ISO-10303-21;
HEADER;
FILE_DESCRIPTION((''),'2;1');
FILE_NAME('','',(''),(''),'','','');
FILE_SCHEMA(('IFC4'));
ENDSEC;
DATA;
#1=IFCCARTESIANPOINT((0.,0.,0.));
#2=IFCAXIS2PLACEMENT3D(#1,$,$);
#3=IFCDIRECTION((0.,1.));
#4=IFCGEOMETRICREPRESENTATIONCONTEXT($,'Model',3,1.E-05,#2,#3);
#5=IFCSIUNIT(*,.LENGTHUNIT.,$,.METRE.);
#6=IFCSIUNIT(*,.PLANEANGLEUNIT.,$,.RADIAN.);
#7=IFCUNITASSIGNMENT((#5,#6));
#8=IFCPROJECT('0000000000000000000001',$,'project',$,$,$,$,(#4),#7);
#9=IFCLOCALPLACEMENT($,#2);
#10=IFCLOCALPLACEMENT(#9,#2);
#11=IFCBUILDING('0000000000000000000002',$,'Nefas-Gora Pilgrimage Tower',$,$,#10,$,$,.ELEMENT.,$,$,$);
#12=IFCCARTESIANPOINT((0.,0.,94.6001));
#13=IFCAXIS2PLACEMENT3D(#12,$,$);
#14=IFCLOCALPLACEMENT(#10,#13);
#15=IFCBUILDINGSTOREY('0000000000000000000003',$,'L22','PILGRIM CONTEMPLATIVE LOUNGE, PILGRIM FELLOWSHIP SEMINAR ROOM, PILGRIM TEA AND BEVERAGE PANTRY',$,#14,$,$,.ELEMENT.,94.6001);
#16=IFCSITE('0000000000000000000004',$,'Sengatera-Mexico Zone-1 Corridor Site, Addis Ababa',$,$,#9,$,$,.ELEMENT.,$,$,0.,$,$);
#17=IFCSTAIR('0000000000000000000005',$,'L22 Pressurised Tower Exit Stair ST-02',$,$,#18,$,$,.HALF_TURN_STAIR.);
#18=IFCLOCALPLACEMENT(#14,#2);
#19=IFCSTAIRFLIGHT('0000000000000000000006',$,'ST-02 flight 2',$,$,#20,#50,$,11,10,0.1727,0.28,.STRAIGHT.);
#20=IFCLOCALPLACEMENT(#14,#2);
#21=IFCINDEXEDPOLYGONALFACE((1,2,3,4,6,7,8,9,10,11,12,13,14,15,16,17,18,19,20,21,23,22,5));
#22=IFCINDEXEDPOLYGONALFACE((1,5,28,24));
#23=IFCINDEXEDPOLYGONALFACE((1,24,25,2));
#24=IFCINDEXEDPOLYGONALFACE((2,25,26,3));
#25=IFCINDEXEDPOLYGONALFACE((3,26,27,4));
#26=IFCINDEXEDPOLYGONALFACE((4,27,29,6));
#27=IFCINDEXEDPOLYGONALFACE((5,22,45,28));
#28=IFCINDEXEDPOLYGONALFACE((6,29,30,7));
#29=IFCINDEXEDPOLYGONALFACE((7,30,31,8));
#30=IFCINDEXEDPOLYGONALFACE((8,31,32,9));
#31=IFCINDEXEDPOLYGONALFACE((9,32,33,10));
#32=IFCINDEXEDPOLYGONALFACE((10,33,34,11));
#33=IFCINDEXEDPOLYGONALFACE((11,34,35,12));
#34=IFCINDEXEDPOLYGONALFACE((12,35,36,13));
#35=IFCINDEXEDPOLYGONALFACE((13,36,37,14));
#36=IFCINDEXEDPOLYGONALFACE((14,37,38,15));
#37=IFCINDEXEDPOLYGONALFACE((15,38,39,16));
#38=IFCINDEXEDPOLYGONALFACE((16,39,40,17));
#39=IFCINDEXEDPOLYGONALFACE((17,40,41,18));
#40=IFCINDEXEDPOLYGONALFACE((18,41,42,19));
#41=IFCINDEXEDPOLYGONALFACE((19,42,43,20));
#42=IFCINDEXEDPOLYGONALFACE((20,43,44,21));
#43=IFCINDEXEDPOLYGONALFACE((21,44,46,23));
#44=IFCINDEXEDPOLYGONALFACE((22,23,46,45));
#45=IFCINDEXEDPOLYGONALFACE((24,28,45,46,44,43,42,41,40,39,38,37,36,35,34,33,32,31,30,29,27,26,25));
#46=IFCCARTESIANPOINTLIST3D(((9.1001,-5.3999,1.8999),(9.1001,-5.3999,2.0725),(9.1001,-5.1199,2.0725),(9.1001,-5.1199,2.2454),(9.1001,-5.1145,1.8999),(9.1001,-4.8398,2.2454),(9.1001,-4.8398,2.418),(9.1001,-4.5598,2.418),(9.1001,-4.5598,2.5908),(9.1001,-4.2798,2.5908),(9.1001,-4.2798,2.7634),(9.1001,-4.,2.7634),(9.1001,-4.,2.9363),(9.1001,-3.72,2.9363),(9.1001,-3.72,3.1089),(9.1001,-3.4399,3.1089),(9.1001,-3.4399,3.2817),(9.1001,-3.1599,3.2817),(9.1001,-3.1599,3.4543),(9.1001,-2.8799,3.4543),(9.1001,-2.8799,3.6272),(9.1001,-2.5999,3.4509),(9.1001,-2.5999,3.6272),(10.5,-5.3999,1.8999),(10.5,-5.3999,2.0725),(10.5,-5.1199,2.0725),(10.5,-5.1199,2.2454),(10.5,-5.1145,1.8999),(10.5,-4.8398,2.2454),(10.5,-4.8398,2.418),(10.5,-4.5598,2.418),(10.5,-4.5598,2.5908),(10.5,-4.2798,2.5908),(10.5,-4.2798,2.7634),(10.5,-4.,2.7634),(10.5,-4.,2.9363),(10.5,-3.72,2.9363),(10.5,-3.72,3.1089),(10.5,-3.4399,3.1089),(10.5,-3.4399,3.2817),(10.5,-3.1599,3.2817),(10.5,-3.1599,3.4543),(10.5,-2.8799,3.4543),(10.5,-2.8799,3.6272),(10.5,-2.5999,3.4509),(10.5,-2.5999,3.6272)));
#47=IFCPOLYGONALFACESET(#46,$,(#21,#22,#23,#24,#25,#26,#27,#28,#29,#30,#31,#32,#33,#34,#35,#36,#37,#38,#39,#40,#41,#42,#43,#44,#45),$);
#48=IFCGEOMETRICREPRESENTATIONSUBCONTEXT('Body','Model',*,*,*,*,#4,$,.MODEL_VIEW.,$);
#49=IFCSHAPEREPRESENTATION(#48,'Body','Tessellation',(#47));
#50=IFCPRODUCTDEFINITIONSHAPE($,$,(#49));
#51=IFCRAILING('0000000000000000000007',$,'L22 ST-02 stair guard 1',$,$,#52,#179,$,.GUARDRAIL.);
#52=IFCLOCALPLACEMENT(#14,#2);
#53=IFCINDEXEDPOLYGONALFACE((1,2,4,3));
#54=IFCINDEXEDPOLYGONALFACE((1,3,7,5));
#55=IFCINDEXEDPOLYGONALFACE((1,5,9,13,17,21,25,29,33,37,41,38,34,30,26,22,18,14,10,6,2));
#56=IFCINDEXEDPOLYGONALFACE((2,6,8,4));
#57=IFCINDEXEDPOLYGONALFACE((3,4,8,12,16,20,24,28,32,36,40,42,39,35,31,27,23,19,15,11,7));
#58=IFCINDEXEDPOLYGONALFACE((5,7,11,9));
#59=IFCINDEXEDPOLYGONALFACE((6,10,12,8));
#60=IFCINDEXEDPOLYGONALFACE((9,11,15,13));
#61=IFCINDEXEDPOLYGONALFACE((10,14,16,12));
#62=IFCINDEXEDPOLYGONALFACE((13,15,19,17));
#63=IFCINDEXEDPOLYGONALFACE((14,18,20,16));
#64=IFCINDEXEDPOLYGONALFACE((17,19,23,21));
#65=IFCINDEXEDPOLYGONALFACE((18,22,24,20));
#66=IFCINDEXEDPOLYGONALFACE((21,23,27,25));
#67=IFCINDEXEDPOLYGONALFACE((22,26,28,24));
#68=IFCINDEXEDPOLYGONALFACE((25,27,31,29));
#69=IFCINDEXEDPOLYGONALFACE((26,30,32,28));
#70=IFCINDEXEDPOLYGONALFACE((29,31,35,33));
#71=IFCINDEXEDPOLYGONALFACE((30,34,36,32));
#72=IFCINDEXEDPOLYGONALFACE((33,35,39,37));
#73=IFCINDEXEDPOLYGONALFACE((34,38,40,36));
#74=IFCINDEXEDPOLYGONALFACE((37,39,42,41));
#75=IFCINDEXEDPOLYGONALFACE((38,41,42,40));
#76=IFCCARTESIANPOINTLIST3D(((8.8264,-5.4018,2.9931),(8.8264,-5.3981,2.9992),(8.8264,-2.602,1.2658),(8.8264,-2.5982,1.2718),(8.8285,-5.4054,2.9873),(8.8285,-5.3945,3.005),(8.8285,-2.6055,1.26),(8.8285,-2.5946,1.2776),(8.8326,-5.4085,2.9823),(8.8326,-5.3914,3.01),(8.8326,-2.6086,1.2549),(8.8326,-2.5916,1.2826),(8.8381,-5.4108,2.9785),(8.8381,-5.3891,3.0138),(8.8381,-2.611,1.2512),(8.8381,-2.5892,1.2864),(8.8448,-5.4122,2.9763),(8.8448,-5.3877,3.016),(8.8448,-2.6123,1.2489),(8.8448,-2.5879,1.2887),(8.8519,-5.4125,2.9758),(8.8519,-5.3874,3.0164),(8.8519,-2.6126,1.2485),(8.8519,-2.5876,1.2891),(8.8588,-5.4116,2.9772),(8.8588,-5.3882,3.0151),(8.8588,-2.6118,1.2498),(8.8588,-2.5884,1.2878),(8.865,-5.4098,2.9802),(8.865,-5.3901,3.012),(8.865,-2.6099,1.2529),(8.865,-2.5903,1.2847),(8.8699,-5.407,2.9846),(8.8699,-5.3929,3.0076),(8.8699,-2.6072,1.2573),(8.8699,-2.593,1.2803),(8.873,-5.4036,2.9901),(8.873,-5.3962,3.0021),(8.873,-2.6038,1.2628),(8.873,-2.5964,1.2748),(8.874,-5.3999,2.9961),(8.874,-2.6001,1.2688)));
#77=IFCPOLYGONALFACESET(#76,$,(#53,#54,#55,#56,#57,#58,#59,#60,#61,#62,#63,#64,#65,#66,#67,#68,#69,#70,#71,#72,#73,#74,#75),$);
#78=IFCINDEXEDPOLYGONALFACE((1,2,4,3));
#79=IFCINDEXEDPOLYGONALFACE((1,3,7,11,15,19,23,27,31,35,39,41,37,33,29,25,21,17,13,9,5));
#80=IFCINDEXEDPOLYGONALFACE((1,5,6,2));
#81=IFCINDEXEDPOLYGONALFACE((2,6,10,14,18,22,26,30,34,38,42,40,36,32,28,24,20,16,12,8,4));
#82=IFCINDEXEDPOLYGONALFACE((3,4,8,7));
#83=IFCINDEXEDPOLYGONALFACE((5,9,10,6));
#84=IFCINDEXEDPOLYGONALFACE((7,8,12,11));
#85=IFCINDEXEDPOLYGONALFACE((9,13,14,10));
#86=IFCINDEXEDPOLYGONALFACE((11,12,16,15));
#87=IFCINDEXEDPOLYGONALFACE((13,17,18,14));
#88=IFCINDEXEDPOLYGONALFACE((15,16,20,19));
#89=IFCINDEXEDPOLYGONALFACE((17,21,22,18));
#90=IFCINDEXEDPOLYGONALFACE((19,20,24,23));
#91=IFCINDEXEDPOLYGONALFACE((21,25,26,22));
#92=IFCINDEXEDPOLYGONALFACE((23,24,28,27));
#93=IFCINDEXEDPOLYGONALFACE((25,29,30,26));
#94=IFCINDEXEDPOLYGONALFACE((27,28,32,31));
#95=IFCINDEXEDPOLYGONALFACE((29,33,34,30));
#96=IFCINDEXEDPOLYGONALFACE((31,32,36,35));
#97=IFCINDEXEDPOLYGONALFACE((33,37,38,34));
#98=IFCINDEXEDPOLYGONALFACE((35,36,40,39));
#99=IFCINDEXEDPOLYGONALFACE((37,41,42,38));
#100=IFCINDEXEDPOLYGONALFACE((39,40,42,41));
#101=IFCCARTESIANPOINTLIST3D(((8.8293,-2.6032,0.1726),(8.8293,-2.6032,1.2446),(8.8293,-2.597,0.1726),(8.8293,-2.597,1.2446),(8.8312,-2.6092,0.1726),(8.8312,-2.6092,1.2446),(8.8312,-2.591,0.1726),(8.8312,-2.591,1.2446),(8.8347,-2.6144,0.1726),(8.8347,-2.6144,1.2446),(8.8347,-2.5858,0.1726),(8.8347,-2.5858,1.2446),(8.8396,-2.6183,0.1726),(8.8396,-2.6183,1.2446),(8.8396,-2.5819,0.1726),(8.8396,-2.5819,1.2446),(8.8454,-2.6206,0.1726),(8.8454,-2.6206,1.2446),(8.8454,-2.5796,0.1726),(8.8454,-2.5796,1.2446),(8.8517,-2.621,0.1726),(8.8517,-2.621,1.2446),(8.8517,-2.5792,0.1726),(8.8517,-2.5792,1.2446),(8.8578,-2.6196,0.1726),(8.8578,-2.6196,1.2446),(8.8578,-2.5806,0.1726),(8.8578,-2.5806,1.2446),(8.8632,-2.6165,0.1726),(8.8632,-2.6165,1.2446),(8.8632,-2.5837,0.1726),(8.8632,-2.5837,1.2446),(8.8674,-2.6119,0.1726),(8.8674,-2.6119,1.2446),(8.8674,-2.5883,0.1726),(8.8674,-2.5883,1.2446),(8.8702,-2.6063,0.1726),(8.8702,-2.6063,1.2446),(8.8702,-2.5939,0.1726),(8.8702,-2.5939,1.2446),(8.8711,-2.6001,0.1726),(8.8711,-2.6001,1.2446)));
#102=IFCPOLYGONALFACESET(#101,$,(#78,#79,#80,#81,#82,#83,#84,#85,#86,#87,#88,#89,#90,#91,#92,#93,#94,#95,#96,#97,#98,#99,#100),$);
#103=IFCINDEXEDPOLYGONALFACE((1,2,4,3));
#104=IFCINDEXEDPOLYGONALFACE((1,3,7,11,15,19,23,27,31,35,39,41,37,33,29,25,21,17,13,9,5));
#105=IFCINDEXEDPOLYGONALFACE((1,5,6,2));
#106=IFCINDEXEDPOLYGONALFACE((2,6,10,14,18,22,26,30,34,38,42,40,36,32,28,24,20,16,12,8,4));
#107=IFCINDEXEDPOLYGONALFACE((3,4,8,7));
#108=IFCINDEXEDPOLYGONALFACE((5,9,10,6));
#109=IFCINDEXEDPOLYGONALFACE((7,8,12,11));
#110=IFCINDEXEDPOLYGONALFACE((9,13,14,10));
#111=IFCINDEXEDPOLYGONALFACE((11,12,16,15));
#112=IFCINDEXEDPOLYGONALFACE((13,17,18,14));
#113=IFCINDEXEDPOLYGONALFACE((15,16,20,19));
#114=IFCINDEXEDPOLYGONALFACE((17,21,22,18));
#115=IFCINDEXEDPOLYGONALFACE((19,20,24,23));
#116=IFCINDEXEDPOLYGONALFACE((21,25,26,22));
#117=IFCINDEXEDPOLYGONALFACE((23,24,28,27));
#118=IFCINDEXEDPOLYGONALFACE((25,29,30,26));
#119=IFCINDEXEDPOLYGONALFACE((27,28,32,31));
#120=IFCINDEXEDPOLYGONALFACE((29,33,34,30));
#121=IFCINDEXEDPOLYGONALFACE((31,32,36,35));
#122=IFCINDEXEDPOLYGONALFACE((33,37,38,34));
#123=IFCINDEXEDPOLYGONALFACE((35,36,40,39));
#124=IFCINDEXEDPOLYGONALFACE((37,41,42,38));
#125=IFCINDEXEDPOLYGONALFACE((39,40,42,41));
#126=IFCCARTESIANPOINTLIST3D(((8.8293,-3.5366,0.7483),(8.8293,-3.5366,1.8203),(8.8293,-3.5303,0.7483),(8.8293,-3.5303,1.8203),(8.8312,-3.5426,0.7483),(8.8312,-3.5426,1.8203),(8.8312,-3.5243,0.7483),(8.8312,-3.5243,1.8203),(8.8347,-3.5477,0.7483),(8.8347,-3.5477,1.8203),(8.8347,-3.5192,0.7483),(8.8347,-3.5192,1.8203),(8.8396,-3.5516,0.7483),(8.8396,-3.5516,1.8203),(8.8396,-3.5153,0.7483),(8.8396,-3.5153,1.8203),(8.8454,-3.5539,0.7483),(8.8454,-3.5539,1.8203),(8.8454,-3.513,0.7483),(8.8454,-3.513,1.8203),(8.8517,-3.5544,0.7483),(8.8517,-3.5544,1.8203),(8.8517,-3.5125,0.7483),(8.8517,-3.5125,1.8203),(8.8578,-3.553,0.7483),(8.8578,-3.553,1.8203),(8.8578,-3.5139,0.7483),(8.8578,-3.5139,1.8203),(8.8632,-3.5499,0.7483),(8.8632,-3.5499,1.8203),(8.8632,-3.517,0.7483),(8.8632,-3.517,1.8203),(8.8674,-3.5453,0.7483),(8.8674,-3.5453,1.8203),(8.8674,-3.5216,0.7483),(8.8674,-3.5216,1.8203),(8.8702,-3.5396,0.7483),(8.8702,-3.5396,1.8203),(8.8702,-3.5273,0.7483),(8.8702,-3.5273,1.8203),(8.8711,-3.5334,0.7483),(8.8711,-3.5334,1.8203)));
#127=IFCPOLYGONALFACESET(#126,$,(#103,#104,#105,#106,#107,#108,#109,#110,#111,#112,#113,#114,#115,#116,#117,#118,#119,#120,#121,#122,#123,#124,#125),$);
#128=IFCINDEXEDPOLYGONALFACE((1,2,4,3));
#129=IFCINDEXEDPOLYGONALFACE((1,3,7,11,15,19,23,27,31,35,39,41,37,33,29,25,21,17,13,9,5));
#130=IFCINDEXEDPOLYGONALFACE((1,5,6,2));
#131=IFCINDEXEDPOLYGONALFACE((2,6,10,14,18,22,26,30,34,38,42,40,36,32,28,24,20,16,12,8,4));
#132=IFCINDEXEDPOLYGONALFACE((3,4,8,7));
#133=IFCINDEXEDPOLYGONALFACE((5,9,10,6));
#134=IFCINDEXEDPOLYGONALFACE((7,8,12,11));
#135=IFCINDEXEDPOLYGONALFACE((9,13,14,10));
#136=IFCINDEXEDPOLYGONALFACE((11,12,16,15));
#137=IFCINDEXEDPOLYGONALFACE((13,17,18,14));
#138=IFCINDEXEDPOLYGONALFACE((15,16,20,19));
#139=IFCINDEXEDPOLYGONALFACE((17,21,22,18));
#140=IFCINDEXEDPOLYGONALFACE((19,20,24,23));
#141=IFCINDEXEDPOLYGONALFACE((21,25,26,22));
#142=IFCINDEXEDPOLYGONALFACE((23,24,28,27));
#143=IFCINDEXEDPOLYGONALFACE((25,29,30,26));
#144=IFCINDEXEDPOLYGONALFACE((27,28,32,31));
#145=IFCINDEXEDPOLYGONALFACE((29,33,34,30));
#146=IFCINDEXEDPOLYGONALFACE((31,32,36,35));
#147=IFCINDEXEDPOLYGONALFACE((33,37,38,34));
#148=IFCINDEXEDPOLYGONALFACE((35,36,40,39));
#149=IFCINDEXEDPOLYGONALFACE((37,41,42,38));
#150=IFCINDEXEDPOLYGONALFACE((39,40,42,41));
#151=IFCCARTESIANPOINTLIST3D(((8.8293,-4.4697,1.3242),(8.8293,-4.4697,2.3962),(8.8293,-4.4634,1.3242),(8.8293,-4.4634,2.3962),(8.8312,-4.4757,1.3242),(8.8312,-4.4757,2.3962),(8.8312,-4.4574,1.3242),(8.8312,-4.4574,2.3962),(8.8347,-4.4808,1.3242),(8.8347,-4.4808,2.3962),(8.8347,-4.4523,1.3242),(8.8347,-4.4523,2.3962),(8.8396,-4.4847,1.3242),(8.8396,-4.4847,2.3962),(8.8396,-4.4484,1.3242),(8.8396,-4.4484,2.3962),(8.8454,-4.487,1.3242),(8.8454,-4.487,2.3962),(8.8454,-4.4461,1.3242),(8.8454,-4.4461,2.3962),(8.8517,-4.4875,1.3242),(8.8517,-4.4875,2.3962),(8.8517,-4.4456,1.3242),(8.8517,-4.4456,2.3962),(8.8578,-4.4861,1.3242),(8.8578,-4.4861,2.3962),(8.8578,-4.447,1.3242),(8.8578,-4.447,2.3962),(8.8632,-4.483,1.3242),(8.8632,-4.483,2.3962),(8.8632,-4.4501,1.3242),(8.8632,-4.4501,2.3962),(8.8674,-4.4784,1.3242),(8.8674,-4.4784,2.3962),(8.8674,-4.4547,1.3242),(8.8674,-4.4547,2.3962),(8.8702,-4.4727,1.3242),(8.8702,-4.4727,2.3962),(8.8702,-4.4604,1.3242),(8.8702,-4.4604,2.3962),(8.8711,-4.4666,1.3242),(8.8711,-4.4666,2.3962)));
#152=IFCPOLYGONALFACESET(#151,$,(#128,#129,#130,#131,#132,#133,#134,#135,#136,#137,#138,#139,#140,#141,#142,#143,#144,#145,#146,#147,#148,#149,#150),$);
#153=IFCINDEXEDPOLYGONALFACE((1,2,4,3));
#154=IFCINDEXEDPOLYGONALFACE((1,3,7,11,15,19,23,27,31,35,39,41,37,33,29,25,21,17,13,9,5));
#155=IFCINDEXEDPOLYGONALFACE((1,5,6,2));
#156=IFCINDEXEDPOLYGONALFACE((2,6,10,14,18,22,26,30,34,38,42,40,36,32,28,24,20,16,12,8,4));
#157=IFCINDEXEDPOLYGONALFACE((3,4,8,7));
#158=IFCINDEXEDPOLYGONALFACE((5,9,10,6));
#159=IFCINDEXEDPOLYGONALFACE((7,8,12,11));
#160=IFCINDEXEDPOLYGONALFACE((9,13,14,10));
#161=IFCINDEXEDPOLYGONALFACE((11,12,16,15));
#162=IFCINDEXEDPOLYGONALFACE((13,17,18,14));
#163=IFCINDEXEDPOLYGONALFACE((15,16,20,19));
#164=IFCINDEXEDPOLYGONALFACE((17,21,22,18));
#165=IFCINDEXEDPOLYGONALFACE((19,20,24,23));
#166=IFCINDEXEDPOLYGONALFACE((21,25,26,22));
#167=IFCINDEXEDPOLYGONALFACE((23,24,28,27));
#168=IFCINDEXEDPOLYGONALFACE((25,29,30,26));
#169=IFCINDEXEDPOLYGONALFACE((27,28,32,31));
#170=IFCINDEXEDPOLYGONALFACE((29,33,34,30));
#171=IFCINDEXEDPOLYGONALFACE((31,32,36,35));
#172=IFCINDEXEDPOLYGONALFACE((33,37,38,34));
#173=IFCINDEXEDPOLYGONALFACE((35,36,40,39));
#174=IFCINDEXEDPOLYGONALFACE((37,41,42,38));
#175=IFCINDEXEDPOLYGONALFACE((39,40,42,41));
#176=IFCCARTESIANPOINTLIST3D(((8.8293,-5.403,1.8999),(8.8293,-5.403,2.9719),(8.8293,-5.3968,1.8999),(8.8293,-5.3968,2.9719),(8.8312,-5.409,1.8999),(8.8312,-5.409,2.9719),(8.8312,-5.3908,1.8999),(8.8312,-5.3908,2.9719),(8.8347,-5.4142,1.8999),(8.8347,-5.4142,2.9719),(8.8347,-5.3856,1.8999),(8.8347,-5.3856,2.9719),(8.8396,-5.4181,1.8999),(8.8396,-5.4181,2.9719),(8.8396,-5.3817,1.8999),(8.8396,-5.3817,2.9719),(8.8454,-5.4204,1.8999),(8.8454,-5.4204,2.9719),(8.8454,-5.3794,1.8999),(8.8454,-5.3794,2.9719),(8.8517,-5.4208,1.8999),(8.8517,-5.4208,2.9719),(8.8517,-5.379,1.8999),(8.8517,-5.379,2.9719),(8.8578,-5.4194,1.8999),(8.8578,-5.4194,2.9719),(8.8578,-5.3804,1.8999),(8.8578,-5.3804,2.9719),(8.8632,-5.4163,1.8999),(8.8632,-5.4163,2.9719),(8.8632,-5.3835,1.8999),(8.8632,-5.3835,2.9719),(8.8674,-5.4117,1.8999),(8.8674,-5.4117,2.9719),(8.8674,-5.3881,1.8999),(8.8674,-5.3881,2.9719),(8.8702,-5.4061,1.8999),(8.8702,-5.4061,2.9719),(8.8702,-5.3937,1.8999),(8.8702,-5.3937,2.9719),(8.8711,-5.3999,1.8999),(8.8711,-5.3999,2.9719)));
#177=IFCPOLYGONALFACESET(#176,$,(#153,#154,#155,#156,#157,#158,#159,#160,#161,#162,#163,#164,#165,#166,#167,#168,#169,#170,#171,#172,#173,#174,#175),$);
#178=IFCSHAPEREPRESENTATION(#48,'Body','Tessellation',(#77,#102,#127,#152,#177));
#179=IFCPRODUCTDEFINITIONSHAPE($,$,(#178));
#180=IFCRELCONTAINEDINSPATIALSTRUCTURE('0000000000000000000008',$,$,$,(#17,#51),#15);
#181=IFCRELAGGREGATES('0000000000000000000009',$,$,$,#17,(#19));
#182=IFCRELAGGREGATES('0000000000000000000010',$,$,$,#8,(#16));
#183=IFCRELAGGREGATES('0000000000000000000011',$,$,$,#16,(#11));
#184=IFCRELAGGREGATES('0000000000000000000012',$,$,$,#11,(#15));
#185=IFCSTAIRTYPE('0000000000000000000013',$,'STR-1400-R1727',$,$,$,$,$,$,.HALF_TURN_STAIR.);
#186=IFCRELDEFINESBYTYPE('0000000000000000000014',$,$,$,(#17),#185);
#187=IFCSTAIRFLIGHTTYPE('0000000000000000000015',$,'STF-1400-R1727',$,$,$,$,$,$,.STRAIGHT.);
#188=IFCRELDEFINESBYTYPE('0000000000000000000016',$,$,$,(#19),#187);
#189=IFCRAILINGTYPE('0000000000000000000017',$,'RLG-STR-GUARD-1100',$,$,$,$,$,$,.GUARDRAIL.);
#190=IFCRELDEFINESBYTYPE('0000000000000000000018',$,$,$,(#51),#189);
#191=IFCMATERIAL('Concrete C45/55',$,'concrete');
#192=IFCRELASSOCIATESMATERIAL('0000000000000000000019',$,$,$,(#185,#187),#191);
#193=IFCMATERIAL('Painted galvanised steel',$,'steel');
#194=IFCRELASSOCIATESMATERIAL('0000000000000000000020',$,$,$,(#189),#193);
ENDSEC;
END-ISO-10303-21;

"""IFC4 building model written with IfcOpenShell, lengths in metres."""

from ifc_helpers import new_model, si_unit, direction, frame, origin, origin_2d, place, context, subcontext, project, spatial, polyline, circle, outline, extrude, source, transform, mapped, material, type_object, element, aggregate, save


model = new_model("IFC4")

# Units and contexts
model_context = context("Model", 3, precision=1e-05, world=origin(), true_north=direction((0.0, 1.0)))
body_context = subcontext(model_context, "Body", "Model", "MODEL_VIEW")
ifc_project = project(units=[si_unit("LENGTHUNIT", "METRE"), si_unit("PLANEANGLEUNIT", "RADIAN")], contexts=[model_context])

# Site, building, storey
site_placement = place(None, origin())
site = spatial("IfcSite", under=ifc_project, at=site_placement, Name="Sengatera-Mexico Zone-1 Corridor Site, Addis Ababa", CompositionType="ELEMENT", RefElevation=0.0)
building_placement = place(site_placement, origin())
building = spatial("IfcBuilding", under=site, at=building_placement, Name="Nefas-Gora Pilgrimage Tower", CompositionType="ELEMENT")
storey_placement = place(building_placement, frame((0.0, 0.0, 94.6001)))
storey = spatial("IfcBuildingStorey", under=building, at=storey_placement, Name="L22", Description="PILGRIM CONTEMPLATIVE LOUNGE, PILGRIM FELLOWSHIP SEMINAR ROOM, PILGRIM TEA AND BEVERAGE PANTRY", CompositionType="ELEMENT", Elevation=94.6001)

# Shared definitions
ifc_material_1 = material(Name="Concrete C45/55", Category="concrete")

# Stair, stair flight
stair_type = type_object("IfcStairType", Name="STR-1400-R1727", PredefinedType="HALF_TURN_STAIR", material=ifc_material_1)
stair_placement = place(storey_placement, origin())
stair = element("IfcStair", 1, at=stair_placement, inside=storey, type_object=stair_type, Name="L22 Pressurised Tower Exit Stair ST-02", PredefinedType="HALF_TURN_STAIR")
stair_flight_type = type_object("IfcStairFlightType", Name="STF-1400-R1727", PredefinedType="STRAIGHT", material=ifc_material_1)
shared_shape_1 = source(origin(), body_context, "Body", "SweptSolid", [
    extrude(outline(polyline([(0.0, 0.0), (0.0, 0.1726), (0.28, 0.1726), (0.28, 0.3455), (0.5601, 0.3455), (0.5601, 0.5181), (0.8401, 0.5181), (0.8401, 0.6909), (1.1201, 0.6909), (1.1201, 0.8635), (1.3999, 0.8635), (1.3999, 1.0364), (1.6799, 1.0364), (1.6799, 1.209), (1.96, 1.209), (1.96, 1.3818), (2.24, 1.3818), (2.24, 1.5544), (2.52, 1.5544), (2.52, 1.7273), (2.8, 1.7273), (2.8, 1.8999), (2.8, 1.551), (0.2854, 0.0), (0.0, 0.0)])), frame((0.0, 0.7, 0.0), z_axis=(0.0, -1.0, 0.0), x_axis=(1.0, 0.0, 0.0)), (0.0, 0.0, 1.0), 1.3999),
])
stair_flight_1_placement = place(storey_placement, frame((9.8, -5.3999, 1.8999), z_axis=(0.0, 0.0, 1.0), x_axis=(0.0, 1.0, 0.0)))
stair_flight_1 = element("IfcStairFlight", 2, at=stair_flight_1_placement, type_object=stair_flight_type, Name="ST-02 flight 2", NumberOfRisers=11, NumberOfTreads=10, PredefinedType="STRAIGHT", RiserHeight=0.1727, TreadLength=0.28, context=body_context, shape_type="MappedRepresentation", body=[
    mapped(shared_shape_1, transform((0.0, 0.0, 0.0), x_axis=(1.0, 0.0, 0.0), y_axis=(0.0, 1.0, 0.0), z_axis=(0.0, 0.0, 1.0), scale=1.0)),
])
aggregate(stair, [stair_flight_1])

# Railing
ifc_material_2 = material(Name="Painted galvanised steel", Category="steel")
railing_type_1 = type_object("IfcRailingType", Name="RLG-STR-GUARD-1100", PredefinedType="GUARDRAIL", material=ifc_material_2)
railing_1_placement = place(storey_placement, frame((8.8501, -2.6001, 0.1726)))
element("IfcRailing", 3, at=railing_1_placement, inside=storey, type_object=railing_type_1, Name="L22 ST-02 stair guard 1", PredefinedType="GUARDRAIL", context=body_context, shape_type="SweptSolid", body=[
    extrude(circle(Radius=0.0239, at=origin_2d()), frame((0.0, 0.0, 1.0962), z_axis=(0.0, -0.851069, 0.525054), x_axis=(1.0, 0.0, 0.0)), (0.0, 0.0, 1.0), 3.2898),
    extrude(circle(Radius=0.021, at=origin_2d()), origin(), (0.0, 0.0, 1.0), 1.072),
    extrude(circle(Radius=0.021, at=origin_2d()), frame((0.0, -0.9333, 0.5757)), (0.0, 0.0, 1.0), 1.072),
    extrude(circle(Radius=0.021, at=origin_2d()), frame((0.0, -1.8665, 1.1516)), (0.0, 0.0, 1.0), 1.072),
    extrude(circle(Radius=0.021, at=origin_2d()), frame((0.0, -2.7998, 1.7273)), (0.0, 0.0, 1.0), 1.072),
])

save(model, "model.ifc")
